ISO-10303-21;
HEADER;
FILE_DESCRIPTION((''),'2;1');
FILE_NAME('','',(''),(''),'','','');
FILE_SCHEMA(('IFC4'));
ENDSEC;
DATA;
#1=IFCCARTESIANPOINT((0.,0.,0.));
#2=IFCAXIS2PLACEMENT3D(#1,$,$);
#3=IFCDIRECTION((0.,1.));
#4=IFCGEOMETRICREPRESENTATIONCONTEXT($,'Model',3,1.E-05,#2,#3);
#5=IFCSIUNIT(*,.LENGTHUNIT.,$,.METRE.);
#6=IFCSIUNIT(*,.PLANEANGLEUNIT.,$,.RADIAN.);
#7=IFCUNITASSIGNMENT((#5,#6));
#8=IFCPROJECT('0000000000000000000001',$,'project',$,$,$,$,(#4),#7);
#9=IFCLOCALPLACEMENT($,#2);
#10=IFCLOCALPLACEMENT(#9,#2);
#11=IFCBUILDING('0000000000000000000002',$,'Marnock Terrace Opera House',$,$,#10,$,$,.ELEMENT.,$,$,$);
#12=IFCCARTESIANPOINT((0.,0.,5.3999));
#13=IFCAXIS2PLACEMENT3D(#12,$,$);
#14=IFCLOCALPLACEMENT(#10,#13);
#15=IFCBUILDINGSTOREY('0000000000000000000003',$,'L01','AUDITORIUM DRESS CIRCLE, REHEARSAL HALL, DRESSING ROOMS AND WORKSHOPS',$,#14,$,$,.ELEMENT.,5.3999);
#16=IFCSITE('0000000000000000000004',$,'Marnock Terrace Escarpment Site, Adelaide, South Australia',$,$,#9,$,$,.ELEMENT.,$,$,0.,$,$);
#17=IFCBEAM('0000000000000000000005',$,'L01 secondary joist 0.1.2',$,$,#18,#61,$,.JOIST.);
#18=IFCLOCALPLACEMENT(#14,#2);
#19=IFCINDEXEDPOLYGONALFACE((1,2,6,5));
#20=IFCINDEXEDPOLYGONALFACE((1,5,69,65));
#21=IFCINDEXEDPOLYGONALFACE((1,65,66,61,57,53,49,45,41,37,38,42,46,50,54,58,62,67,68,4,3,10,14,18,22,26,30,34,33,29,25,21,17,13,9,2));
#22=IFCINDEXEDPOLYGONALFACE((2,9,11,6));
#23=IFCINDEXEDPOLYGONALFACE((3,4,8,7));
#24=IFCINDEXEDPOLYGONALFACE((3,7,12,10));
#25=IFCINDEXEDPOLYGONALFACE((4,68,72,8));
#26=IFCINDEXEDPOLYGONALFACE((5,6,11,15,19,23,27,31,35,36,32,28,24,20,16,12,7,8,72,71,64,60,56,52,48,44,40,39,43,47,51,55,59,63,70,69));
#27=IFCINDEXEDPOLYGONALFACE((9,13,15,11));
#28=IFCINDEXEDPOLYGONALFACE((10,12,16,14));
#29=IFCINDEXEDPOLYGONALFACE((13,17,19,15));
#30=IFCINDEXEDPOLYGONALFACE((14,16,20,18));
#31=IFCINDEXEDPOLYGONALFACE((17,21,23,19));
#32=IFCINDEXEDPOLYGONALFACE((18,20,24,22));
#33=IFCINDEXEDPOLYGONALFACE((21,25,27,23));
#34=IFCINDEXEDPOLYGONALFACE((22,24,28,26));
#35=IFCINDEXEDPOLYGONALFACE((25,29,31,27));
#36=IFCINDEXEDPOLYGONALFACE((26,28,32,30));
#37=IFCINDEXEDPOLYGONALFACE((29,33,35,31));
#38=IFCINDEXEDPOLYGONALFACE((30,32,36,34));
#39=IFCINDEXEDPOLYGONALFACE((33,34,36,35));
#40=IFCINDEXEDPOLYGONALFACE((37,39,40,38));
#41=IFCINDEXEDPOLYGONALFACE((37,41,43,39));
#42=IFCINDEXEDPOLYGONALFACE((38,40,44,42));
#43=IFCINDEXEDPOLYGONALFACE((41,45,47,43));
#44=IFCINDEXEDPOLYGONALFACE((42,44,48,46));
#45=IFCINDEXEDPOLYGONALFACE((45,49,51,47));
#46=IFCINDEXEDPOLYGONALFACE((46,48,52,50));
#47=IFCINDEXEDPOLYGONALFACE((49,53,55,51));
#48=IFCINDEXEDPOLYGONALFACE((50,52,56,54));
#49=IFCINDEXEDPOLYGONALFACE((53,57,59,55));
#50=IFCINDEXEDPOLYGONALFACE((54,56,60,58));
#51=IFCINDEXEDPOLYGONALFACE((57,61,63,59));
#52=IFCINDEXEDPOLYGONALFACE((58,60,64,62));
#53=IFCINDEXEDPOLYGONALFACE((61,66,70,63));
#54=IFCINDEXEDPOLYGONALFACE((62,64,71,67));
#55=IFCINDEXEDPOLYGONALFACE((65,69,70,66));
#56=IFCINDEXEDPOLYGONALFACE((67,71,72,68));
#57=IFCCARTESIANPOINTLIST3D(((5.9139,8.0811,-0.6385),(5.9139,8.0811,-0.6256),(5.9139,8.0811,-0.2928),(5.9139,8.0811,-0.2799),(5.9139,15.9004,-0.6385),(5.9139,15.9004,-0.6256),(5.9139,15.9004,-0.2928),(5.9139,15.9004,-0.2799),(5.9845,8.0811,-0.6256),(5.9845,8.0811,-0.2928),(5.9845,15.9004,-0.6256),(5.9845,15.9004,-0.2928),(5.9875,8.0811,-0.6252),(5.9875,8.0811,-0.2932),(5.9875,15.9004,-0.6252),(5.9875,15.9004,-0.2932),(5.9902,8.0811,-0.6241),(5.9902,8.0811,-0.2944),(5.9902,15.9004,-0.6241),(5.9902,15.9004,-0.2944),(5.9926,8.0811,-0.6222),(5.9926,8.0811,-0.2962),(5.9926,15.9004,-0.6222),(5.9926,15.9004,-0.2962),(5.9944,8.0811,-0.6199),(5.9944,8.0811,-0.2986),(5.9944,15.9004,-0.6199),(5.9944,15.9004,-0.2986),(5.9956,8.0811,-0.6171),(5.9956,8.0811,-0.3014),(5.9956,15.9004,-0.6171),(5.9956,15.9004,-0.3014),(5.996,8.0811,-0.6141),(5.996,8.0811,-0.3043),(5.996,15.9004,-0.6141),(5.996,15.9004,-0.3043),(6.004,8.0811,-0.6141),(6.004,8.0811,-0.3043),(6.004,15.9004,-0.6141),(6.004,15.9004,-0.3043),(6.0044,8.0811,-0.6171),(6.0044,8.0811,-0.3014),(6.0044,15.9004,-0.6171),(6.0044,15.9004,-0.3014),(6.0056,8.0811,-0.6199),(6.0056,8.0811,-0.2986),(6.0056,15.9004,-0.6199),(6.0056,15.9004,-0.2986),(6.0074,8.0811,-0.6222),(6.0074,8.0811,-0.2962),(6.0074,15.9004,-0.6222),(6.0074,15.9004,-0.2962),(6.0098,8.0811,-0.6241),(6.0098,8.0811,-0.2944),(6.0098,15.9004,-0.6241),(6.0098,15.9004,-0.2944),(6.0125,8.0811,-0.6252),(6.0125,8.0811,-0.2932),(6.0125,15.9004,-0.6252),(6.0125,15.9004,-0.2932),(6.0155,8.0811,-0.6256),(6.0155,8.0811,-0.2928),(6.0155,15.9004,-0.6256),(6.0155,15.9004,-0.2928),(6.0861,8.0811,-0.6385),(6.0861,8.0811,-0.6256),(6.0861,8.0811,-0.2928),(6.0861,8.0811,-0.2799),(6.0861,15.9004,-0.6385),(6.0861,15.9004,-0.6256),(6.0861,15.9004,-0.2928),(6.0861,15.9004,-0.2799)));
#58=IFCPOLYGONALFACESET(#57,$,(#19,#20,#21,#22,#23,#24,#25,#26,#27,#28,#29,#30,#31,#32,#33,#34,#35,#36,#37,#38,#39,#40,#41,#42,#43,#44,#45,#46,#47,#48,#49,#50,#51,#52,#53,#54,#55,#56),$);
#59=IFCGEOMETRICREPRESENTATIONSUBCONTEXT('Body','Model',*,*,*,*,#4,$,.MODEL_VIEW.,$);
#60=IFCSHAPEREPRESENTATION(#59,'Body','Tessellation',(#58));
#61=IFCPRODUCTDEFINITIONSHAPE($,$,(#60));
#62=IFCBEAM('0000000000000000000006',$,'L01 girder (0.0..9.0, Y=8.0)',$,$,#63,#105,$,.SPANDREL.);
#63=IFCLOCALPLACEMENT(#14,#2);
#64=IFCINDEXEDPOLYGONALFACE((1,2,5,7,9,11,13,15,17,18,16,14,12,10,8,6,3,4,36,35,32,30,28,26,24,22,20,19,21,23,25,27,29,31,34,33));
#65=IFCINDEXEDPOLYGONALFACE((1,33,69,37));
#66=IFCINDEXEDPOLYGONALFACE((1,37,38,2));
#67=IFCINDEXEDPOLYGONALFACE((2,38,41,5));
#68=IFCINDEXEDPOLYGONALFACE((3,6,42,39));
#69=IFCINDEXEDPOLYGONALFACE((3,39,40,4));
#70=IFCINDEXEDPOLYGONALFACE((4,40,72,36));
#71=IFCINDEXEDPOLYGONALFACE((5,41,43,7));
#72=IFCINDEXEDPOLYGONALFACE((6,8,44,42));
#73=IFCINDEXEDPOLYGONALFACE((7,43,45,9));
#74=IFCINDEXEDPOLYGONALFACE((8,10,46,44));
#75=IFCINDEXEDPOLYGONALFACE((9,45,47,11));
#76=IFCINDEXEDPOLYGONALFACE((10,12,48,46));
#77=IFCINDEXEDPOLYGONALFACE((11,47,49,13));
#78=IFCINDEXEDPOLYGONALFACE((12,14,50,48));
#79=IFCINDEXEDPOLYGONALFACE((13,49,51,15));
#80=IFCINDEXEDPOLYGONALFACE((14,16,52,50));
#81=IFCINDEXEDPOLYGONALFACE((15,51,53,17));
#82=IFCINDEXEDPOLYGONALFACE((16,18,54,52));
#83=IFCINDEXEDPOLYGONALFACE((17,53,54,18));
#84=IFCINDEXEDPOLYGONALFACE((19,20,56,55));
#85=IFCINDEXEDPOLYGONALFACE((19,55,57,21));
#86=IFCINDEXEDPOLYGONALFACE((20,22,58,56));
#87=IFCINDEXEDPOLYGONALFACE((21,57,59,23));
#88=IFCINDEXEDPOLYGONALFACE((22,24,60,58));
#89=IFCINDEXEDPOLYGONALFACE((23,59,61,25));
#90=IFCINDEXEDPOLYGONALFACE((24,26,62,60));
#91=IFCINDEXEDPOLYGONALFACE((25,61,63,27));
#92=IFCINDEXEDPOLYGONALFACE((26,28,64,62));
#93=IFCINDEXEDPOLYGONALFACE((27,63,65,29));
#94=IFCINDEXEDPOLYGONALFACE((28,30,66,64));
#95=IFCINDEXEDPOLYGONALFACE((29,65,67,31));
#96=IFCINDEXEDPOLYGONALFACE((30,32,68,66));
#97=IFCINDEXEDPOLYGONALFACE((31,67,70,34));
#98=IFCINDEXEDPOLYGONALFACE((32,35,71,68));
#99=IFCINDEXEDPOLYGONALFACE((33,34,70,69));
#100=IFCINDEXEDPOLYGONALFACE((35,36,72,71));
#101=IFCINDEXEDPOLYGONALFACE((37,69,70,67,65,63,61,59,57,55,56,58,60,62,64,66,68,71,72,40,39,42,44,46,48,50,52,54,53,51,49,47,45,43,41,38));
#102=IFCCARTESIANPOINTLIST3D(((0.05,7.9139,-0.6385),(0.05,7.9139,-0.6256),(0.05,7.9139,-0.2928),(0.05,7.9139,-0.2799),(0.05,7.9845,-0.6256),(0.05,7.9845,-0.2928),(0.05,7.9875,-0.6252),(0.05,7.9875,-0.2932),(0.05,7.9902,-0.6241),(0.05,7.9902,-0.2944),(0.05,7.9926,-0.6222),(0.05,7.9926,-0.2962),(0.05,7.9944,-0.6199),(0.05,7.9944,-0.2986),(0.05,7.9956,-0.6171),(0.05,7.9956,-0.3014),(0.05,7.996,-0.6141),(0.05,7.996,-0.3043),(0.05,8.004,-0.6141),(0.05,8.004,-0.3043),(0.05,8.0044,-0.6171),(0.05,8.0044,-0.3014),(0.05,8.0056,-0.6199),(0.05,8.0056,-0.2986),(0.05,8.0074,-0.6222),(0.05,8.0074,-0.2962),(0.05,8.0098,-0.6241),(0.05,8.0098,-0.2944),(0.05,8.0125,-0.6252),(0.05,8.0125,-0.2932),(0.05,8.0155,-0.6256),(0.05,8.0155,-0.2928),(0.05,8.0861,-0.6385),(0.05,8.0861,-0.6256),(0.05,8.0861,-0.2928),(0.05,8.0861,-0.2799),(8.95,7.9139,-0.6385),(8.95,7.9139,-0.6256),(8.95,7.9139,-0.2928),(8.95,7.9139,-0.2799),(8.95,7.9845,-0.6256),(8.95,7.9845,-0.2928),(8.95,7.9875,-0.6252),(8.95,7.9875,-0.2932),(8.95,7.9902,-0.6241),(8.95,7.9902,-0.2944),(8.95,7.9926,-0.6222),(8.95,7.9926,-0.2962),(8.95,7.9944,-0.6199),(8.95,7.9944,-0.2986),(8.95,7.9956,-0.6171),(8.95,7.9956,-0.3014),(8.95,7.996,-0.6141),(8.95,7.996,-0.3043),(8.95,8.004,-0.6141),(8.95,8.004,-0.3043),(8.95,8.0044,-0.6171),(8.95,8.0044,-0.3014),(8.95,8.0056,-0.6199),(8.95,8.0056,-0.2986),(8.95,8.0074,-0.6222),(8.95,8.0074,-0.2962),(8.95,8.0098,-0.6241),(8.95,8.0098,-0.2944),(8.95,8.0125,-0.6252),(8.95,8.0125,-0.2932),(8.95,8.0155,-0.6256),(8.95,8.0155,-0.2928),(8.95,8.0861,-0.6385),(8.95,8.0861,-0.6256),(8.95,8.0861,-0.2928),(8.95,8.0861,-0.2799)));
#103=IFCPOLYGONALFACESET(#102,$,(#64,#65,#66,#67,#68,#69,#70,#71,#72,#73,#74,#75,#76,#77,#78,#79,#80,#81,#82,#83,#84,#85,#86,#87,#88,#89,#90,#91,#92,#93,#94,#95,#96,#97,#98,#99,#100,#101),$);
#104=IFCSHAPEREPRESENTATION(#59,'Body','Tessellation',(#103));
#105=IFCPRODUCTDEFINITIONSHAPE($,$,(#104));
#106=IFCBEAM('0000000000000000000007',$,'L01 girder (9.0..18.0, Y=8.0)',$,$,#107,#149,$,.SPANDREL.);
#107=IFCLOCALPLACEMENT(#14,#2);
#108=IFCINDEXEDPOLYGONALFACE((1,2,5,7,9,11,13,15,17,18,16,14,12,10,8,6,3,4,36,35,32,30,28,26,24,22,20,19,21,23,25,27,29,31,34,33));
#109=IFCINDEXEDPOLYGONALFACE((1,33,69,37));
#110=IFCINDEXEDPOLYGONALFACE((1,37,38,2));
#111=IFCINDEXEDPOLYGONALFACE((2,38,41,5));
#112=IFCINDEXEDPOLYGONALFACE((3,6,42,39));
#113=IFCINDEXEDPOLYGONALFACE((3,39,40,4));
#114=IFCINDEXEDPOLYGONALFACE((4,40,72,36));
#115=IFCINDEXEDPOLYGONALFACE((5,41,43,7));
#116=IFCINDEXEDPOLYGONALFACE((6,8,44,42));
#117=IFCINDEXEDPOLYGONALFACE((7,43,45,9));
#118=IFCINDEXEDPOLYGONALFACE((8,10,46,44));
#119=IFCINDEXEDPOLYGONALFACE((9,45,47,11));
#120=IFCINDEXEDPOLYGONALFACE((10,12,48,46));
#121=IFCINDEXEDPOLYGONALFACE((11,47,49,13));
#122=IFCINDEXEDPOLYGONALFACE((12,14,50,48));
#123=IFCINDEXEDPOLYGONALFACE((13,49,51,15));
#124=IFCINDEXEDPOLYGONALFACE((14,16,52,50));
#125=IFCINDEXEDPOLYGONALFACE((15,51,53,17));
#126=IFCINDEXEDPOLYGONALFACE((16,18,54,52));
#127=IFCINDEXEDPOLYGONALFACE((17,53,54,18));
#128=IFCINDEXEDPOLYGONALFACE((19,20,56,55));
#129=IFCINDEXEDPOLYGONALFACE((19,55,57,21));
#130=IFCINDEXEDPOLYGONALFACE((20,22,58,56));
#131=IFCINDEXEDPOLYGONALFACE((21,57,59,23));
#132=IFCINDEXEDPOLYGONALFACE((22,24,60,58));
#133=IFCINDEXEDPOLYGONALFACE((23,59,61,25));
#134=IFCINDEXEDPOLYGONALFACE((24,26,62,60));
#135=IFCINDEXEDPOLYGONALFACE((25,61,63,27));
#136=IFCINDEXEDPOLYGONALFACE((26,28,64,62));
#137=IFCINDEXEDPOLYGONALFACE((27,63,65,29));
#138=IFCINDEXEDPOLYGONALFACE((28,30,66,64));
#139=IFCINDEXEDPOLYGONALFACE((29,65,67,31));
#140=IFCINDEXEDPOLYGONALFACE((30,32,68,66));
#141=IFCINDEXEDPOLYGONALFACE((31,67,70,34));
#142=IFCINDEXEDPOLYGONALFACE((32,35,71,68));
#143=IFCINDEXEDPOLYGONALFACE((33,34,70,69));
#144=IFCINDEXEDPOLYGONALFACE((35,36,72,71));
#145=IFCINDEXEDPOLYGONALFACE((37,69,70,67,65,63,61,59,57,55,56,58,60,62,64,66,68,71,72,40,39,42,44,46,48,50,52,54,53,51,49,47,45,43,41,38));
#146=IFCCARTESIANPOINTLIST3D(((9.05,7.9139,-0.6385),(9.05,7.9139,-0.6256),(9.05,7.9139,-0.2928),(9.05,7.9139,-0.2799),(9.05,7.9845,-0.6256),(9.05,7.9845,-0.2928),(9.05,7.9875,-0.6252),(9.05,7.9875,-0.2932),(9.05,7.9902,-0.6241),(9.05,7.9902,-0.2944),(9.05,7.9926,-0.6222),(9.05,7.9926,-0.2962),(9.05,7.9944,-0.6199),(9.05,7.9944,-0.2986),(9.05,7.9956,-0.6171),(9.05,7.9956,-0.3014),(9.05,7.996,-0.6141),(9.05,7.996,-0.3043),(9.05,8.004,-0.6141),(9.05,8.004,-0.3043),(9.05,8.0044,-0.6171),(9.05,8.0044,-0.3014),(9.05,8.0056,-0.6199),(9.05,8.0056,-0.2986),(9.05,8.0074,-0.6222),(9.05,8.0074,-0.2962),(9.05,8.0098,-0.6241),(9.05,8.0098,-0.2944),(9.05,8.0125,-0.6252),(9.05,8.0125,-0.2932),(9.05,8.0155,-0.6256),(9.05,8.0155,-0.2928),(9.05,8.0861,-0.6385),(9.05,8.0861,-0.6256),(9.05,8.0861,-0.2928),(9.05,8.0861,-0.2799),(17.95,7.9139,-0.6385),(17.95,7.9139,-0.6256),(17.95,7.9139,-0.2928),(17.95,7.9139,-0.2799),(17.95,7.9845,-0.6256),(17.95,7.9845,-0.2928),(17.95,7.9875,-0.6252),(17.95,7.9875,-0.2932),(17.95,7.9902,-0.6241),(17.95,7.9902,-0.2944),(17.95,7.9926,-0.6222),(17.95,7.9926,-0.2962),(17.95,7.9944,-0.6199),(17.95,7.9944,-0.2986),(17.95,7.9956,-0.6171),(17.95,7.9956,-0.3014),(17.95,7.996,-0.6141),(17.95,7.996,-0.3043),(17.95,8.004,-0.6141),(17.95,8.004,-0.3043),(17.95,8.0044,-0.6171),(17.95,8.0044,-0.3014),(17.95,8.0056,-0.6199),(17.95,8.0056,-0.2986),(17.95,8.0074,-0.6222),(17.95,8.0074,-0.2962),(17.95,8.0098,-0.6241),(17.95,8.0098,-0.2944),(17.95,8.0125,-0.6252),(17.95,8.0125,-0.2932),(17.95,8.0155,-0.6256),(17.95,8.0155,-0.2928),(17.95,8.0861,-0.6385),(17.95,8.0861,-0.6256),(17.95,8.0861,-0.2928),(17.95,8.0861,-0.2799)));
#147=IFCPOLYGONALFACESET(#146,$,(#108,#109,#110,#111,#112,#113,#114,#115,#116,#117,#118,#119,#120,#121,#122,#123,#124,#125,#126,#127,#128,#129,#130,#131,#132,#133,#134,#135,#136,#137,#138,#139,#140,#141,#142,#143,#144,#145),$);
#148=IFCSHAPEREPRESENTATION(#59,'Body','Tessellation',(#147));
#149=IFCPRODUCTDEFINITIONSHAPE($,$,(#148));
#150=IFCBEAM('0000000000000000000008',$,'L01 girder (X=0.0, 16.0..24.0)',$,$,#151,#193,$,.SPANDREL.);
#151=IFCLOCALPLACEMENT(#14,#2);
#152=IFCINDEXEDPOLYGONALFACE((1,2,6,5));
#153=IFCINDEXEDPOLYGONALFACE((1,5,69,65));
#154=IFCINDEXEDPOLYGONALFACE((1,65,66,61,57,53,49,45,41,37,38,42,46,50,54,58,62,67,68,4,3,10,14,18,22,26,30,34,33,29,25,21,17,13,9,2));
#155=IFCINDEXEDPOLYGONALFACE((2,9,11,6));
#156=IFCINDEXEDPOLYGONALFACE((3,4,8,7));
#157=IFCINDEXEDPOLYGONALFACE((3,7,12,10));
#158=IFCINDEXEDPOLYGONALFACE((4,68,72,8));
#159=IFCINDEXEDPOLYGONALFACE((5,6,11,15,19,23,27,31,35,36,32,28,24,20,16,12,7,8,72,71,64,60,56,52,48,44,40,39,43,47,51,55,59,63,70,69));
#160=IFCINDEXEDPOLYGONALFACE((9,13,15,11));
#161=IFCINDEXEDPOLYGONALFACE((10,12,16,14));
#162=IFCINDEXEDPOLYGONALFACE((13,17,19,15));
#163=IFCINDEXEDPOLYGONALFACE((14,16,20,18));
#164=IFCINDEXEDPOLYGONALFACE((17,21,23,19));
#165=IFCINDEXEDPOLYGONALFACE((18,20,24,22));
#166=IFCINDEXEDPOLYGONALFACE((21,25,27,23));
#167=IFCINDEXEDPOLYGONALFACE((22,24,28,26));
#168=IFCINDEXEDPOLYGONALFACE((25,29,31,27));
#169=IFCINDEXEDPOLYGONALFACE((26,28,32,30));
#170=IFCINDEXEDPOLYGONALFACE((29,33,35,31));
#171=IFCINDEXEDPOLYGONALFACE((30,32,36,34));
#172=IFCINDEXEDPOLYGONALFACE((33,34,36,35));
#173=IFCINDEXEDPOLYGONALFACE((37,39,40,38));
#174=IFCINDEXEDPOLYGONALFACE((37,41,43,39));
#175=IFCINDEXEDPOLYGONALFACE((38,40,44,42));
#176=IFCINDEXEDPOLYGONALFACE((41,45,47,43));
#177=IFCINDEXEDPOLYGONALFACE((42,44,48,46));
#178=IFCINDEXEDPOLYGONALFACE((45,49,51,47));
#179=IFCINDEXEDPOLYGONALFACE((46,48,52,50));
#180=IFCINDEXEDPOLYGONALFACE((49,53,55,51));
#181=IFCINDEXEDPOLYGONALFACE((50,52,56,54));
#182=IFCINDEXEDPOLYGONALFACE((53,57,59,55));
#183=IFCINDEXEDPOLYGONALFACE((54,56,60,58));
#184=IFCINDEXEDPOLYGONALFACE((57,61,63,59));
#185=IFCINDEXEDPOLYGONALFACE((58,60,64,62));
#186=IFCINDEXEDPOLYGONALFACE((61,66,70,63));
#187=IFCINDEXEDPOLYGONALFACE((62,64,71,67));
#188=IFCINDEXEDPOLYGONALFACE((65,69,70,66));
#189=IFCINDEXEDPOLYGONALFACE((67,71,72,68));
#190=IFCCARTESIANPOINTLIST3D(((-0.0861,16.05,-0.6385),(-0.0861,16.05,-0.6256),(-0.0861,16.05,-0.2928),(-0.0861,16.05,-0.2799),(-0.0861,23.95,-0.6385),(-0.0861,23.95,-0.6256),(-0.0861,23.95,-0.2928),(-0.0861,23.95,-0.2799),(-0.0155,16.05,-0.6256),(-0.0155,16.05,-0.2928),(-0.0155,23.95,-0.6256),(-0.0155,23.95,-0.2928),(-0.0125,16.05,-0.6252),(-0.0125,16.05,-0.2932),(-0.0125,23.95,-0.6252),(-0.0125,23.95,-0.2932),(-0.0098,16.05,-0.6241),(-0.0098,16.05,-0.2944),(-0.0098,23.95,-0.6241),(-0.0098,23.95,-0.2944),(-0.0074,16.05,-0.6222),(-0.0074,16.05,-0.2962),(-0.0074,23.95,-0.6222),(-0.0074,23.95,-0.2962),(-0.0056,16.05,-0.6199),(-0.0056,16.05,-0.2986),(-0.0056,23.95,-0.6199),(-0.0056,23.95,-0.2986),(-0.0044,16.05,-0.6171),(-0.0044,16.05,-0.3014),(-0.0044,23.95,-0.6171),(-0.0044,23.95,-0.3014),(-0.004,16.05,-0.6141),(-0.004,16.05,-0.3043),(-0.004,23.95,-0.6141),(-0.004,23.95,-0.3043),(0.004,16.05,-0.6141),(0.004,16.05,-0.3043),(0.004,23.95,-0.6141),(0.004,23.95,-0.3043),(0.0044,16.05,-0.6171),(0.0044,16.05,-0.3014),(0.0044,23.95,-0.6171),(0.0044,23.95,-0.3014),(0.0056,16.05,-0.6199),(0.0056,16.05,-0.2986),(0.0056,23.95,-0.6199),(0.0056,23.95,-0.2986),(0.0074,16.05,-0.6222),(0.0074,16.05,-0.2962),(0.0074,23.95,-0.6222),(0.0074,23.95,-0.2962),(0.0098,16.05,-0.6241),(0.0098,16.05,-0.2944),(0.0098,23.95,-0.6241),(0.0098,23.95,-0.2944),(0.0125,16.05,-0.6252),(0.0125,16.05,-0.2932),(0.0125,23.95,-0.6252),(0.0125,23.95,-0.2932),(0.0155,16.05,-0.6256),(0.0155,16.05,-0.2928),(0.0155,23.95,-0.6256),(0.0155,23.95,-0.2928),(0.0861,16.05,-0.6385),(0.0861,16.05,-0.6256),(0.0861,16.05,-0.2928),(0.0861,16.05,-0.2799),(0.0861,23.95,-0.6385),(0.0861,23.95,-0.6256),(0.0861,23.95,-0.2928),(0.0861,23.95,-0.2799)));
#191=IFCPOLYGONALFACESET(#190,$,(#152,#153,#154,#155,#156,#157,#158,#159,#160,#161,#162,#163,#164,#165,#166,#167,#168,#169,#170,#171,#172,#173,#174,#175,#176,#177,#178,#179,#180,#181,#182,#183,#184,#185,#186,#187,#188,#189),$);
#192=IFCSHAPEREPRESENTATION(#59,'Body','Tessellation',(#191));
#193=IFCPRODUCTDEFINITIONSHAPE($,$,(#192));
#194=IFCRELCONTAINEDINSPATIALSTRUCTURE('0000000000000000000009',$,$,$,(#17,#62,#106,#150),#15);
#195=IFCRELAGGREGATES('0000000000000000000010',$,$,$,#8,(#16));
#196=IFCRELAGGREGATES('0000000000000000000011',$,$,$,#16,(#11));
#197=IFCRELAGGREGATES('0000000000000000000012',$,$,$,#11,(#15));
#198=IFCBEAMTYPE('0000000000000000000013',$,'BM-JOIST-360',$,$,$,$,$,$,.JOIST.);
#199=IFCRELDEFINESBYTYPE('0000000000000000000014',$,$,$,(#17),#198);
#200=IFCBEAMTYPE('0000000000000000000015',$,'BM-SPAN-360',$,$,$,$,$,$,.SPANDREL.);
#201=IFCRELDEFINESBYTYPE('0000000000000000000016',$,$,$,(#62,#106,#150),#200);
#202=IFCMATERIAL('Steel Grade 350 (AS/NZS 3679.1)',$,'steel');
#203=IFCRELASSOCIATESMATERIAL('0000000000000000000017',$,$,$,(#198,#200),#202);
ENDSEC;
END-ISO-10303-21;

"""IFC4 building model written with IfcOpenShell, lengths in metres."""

from ifc_helpers import new_model, si_unit, direction, frame, origin, origin_2d, place, context, subcontext, project, spatial, i_section, extrude, material, material_profile, profile_set, type_object, element, save


model = new_model("IFC4")

# Units and contexts
model_context = context("Model", 3, precision=1e-05, world=origin(), true_north=direction((0.0, 1.0)))
body_context = subcontext(model_context, "Body", "Model", "MODEL_VIEW")
ifc_project = project(units=[si_unit("LENGTHUNIT", "METRE"), si_unit("PLANEANGLEUNIT", "RADIAN")], contexts=[model_context])

# Site, building, storey
site_placement = place(None, origin())
site = spatial("IfcSite", under=ifc_project, at=site_placement, Name="Marnock Terrace Escarpment Site, Adelaide, South Australia", CompositionType="ELEMENT", RefElevation=0.0)
building_placement = place(site_placement, origin())
building = spatial("IfcBuilding", under=site, at=building_placement, Name="Marnock Terrace Opera House", CompositionType="ELEMENT")
storey_placement = place(building_placement, frame((0.0, 0.0, 5.3999)))
storey = spatial("IfcBuildingStorey", under=building, at=storey_placement, Name="L01", Description="AUDITORIUM DRESS CIRCLE, REHEARSAL HALL, DRESSING ROOMS AND WORKSHOPS", CompositionType="ELEMENT", Elevation=5.3999)

# Shared definitions
ifc_material_1 = material(Name="Steel Grade 350 (AS/NZS 3679.1)", Category="steel")

# Beams
ifc_material_profile_1 = material_profile(ifc_material_1, i_section(OverallWidth=0.1721, OverallDepth=0.3586, WebThickness=0.0081, FlangeThickness=0.0129, FilletRadius=0.0115, at=origin_2d()))
ifc_profile_set_1 = profile_set([ifc_material_profile_1], Name="Steel Grade 350 (AS/NZS 3679.1)")
beam_type_1 = type_object("IfcBeamType", Name="BM-JOIST-360", PredefinedType="JOIST", material=ifc_profile_set_1)
for number, where, z_axis, x_axis, name in (
    (1, (6.0, 8.0811, -0.4592), (0.0, 1.0, 0.0), (-1.0, 0.0, 0.0), "L01 secondary joist 0.1.2"),
):
    element("IfcBeam", number, at=place(storey_placement, frame(where, z_axis=z_axis, x_axis=x_axis)), inside=storey, type_object=beam_type_1, Name=name, PredefinedType="JOIST", context=body_context, shape_type="SweptSolid", body=[
        extrude(i_section(OverallWidth=0.1721, OverallDepth=0.3586, WebThickness=0.0081, FlangeThickness=0.0129, FilletRadius=0.0115, at=origin_2d()), origin(), (0.0, 0.0, 1.0), 7.8193),
    ])
ifc_material_profile_2 = material_profile(ifc_material_1, i_section(OverallWidth=0.1721, OverallDepth=0.3586, WebThickness=0.0081, FlangeThickness=0.0129, FilletRadius=0.0115, at=origin_2d()))
ifc_profile_set_2 = profile_set([ifc_material_profile_2], Name="Steel Grade 350 (AS/NZS 3679.1)")
beam_type_2 = type_object("IfcBeamType", Name="BM-SPAN-360", PredefinedType="SPANDREL", material=ifc_profile_set_2)
for number, where, z_axis, x_axis, name in (
    (2, (0.05, 8.0, -0.4592), (1.0, 0.0, 0.0), (0.0, 1.0, 0.0), "L01 girder (0.0..9.0, Y=8.0)"),
    (3, (9.05, 8.0, -0.4592), (1.0, 0.0, 0.0), (0.0, 1.0, 0.0), "L01 girder (9.0..18.0, Y=8.0)"),
):
    element("IfcBeam", number, at=place(storey_placement, frame(where, z_axis=z_axis, x_axis=x_axis)), inside=storey, type_object=beam_type_2, Name=name, PredefinedType="SPANDREL", context=body_context, shape_type="SweptSolid", body=[
        extrude(i_section(OverallWidth=0.1721, OverallDepth=0.3586, WebThickness=0.0081, FlangeThickness=0.0129, FilletRadius=0.0115, at=origin_2d()), origin(), (0.0, 0.0, 1.0), 8.8999),
    ])
beam_1_placement = place(storey_placement, frame((0.0, 16.05, -0.4592), z_axis=(0.0, 1.0, 0.0), x_axis=(-1.0, 0.0, 0.0)))
element("IfcBeam", 4, at=beam_1_placement, inside=storey, type_object=beam_type_2, Name="L01 girder (X=0.0, 16.0..24.0)", PredefinedType="SPANDREL", context=body_context, shape_type="SweptSolid", body=[
    extrude(i_section(OverallWidth=0.1721, OverallDepth=0.3586, WebThickness=0.0081, FlangeThickness=0.0129, FilletRadius=0.0115, at=origin_2d()), origin(), (0.0, 0.0, 1.0), 7.8999),
])

save(model, "model.ifc")
